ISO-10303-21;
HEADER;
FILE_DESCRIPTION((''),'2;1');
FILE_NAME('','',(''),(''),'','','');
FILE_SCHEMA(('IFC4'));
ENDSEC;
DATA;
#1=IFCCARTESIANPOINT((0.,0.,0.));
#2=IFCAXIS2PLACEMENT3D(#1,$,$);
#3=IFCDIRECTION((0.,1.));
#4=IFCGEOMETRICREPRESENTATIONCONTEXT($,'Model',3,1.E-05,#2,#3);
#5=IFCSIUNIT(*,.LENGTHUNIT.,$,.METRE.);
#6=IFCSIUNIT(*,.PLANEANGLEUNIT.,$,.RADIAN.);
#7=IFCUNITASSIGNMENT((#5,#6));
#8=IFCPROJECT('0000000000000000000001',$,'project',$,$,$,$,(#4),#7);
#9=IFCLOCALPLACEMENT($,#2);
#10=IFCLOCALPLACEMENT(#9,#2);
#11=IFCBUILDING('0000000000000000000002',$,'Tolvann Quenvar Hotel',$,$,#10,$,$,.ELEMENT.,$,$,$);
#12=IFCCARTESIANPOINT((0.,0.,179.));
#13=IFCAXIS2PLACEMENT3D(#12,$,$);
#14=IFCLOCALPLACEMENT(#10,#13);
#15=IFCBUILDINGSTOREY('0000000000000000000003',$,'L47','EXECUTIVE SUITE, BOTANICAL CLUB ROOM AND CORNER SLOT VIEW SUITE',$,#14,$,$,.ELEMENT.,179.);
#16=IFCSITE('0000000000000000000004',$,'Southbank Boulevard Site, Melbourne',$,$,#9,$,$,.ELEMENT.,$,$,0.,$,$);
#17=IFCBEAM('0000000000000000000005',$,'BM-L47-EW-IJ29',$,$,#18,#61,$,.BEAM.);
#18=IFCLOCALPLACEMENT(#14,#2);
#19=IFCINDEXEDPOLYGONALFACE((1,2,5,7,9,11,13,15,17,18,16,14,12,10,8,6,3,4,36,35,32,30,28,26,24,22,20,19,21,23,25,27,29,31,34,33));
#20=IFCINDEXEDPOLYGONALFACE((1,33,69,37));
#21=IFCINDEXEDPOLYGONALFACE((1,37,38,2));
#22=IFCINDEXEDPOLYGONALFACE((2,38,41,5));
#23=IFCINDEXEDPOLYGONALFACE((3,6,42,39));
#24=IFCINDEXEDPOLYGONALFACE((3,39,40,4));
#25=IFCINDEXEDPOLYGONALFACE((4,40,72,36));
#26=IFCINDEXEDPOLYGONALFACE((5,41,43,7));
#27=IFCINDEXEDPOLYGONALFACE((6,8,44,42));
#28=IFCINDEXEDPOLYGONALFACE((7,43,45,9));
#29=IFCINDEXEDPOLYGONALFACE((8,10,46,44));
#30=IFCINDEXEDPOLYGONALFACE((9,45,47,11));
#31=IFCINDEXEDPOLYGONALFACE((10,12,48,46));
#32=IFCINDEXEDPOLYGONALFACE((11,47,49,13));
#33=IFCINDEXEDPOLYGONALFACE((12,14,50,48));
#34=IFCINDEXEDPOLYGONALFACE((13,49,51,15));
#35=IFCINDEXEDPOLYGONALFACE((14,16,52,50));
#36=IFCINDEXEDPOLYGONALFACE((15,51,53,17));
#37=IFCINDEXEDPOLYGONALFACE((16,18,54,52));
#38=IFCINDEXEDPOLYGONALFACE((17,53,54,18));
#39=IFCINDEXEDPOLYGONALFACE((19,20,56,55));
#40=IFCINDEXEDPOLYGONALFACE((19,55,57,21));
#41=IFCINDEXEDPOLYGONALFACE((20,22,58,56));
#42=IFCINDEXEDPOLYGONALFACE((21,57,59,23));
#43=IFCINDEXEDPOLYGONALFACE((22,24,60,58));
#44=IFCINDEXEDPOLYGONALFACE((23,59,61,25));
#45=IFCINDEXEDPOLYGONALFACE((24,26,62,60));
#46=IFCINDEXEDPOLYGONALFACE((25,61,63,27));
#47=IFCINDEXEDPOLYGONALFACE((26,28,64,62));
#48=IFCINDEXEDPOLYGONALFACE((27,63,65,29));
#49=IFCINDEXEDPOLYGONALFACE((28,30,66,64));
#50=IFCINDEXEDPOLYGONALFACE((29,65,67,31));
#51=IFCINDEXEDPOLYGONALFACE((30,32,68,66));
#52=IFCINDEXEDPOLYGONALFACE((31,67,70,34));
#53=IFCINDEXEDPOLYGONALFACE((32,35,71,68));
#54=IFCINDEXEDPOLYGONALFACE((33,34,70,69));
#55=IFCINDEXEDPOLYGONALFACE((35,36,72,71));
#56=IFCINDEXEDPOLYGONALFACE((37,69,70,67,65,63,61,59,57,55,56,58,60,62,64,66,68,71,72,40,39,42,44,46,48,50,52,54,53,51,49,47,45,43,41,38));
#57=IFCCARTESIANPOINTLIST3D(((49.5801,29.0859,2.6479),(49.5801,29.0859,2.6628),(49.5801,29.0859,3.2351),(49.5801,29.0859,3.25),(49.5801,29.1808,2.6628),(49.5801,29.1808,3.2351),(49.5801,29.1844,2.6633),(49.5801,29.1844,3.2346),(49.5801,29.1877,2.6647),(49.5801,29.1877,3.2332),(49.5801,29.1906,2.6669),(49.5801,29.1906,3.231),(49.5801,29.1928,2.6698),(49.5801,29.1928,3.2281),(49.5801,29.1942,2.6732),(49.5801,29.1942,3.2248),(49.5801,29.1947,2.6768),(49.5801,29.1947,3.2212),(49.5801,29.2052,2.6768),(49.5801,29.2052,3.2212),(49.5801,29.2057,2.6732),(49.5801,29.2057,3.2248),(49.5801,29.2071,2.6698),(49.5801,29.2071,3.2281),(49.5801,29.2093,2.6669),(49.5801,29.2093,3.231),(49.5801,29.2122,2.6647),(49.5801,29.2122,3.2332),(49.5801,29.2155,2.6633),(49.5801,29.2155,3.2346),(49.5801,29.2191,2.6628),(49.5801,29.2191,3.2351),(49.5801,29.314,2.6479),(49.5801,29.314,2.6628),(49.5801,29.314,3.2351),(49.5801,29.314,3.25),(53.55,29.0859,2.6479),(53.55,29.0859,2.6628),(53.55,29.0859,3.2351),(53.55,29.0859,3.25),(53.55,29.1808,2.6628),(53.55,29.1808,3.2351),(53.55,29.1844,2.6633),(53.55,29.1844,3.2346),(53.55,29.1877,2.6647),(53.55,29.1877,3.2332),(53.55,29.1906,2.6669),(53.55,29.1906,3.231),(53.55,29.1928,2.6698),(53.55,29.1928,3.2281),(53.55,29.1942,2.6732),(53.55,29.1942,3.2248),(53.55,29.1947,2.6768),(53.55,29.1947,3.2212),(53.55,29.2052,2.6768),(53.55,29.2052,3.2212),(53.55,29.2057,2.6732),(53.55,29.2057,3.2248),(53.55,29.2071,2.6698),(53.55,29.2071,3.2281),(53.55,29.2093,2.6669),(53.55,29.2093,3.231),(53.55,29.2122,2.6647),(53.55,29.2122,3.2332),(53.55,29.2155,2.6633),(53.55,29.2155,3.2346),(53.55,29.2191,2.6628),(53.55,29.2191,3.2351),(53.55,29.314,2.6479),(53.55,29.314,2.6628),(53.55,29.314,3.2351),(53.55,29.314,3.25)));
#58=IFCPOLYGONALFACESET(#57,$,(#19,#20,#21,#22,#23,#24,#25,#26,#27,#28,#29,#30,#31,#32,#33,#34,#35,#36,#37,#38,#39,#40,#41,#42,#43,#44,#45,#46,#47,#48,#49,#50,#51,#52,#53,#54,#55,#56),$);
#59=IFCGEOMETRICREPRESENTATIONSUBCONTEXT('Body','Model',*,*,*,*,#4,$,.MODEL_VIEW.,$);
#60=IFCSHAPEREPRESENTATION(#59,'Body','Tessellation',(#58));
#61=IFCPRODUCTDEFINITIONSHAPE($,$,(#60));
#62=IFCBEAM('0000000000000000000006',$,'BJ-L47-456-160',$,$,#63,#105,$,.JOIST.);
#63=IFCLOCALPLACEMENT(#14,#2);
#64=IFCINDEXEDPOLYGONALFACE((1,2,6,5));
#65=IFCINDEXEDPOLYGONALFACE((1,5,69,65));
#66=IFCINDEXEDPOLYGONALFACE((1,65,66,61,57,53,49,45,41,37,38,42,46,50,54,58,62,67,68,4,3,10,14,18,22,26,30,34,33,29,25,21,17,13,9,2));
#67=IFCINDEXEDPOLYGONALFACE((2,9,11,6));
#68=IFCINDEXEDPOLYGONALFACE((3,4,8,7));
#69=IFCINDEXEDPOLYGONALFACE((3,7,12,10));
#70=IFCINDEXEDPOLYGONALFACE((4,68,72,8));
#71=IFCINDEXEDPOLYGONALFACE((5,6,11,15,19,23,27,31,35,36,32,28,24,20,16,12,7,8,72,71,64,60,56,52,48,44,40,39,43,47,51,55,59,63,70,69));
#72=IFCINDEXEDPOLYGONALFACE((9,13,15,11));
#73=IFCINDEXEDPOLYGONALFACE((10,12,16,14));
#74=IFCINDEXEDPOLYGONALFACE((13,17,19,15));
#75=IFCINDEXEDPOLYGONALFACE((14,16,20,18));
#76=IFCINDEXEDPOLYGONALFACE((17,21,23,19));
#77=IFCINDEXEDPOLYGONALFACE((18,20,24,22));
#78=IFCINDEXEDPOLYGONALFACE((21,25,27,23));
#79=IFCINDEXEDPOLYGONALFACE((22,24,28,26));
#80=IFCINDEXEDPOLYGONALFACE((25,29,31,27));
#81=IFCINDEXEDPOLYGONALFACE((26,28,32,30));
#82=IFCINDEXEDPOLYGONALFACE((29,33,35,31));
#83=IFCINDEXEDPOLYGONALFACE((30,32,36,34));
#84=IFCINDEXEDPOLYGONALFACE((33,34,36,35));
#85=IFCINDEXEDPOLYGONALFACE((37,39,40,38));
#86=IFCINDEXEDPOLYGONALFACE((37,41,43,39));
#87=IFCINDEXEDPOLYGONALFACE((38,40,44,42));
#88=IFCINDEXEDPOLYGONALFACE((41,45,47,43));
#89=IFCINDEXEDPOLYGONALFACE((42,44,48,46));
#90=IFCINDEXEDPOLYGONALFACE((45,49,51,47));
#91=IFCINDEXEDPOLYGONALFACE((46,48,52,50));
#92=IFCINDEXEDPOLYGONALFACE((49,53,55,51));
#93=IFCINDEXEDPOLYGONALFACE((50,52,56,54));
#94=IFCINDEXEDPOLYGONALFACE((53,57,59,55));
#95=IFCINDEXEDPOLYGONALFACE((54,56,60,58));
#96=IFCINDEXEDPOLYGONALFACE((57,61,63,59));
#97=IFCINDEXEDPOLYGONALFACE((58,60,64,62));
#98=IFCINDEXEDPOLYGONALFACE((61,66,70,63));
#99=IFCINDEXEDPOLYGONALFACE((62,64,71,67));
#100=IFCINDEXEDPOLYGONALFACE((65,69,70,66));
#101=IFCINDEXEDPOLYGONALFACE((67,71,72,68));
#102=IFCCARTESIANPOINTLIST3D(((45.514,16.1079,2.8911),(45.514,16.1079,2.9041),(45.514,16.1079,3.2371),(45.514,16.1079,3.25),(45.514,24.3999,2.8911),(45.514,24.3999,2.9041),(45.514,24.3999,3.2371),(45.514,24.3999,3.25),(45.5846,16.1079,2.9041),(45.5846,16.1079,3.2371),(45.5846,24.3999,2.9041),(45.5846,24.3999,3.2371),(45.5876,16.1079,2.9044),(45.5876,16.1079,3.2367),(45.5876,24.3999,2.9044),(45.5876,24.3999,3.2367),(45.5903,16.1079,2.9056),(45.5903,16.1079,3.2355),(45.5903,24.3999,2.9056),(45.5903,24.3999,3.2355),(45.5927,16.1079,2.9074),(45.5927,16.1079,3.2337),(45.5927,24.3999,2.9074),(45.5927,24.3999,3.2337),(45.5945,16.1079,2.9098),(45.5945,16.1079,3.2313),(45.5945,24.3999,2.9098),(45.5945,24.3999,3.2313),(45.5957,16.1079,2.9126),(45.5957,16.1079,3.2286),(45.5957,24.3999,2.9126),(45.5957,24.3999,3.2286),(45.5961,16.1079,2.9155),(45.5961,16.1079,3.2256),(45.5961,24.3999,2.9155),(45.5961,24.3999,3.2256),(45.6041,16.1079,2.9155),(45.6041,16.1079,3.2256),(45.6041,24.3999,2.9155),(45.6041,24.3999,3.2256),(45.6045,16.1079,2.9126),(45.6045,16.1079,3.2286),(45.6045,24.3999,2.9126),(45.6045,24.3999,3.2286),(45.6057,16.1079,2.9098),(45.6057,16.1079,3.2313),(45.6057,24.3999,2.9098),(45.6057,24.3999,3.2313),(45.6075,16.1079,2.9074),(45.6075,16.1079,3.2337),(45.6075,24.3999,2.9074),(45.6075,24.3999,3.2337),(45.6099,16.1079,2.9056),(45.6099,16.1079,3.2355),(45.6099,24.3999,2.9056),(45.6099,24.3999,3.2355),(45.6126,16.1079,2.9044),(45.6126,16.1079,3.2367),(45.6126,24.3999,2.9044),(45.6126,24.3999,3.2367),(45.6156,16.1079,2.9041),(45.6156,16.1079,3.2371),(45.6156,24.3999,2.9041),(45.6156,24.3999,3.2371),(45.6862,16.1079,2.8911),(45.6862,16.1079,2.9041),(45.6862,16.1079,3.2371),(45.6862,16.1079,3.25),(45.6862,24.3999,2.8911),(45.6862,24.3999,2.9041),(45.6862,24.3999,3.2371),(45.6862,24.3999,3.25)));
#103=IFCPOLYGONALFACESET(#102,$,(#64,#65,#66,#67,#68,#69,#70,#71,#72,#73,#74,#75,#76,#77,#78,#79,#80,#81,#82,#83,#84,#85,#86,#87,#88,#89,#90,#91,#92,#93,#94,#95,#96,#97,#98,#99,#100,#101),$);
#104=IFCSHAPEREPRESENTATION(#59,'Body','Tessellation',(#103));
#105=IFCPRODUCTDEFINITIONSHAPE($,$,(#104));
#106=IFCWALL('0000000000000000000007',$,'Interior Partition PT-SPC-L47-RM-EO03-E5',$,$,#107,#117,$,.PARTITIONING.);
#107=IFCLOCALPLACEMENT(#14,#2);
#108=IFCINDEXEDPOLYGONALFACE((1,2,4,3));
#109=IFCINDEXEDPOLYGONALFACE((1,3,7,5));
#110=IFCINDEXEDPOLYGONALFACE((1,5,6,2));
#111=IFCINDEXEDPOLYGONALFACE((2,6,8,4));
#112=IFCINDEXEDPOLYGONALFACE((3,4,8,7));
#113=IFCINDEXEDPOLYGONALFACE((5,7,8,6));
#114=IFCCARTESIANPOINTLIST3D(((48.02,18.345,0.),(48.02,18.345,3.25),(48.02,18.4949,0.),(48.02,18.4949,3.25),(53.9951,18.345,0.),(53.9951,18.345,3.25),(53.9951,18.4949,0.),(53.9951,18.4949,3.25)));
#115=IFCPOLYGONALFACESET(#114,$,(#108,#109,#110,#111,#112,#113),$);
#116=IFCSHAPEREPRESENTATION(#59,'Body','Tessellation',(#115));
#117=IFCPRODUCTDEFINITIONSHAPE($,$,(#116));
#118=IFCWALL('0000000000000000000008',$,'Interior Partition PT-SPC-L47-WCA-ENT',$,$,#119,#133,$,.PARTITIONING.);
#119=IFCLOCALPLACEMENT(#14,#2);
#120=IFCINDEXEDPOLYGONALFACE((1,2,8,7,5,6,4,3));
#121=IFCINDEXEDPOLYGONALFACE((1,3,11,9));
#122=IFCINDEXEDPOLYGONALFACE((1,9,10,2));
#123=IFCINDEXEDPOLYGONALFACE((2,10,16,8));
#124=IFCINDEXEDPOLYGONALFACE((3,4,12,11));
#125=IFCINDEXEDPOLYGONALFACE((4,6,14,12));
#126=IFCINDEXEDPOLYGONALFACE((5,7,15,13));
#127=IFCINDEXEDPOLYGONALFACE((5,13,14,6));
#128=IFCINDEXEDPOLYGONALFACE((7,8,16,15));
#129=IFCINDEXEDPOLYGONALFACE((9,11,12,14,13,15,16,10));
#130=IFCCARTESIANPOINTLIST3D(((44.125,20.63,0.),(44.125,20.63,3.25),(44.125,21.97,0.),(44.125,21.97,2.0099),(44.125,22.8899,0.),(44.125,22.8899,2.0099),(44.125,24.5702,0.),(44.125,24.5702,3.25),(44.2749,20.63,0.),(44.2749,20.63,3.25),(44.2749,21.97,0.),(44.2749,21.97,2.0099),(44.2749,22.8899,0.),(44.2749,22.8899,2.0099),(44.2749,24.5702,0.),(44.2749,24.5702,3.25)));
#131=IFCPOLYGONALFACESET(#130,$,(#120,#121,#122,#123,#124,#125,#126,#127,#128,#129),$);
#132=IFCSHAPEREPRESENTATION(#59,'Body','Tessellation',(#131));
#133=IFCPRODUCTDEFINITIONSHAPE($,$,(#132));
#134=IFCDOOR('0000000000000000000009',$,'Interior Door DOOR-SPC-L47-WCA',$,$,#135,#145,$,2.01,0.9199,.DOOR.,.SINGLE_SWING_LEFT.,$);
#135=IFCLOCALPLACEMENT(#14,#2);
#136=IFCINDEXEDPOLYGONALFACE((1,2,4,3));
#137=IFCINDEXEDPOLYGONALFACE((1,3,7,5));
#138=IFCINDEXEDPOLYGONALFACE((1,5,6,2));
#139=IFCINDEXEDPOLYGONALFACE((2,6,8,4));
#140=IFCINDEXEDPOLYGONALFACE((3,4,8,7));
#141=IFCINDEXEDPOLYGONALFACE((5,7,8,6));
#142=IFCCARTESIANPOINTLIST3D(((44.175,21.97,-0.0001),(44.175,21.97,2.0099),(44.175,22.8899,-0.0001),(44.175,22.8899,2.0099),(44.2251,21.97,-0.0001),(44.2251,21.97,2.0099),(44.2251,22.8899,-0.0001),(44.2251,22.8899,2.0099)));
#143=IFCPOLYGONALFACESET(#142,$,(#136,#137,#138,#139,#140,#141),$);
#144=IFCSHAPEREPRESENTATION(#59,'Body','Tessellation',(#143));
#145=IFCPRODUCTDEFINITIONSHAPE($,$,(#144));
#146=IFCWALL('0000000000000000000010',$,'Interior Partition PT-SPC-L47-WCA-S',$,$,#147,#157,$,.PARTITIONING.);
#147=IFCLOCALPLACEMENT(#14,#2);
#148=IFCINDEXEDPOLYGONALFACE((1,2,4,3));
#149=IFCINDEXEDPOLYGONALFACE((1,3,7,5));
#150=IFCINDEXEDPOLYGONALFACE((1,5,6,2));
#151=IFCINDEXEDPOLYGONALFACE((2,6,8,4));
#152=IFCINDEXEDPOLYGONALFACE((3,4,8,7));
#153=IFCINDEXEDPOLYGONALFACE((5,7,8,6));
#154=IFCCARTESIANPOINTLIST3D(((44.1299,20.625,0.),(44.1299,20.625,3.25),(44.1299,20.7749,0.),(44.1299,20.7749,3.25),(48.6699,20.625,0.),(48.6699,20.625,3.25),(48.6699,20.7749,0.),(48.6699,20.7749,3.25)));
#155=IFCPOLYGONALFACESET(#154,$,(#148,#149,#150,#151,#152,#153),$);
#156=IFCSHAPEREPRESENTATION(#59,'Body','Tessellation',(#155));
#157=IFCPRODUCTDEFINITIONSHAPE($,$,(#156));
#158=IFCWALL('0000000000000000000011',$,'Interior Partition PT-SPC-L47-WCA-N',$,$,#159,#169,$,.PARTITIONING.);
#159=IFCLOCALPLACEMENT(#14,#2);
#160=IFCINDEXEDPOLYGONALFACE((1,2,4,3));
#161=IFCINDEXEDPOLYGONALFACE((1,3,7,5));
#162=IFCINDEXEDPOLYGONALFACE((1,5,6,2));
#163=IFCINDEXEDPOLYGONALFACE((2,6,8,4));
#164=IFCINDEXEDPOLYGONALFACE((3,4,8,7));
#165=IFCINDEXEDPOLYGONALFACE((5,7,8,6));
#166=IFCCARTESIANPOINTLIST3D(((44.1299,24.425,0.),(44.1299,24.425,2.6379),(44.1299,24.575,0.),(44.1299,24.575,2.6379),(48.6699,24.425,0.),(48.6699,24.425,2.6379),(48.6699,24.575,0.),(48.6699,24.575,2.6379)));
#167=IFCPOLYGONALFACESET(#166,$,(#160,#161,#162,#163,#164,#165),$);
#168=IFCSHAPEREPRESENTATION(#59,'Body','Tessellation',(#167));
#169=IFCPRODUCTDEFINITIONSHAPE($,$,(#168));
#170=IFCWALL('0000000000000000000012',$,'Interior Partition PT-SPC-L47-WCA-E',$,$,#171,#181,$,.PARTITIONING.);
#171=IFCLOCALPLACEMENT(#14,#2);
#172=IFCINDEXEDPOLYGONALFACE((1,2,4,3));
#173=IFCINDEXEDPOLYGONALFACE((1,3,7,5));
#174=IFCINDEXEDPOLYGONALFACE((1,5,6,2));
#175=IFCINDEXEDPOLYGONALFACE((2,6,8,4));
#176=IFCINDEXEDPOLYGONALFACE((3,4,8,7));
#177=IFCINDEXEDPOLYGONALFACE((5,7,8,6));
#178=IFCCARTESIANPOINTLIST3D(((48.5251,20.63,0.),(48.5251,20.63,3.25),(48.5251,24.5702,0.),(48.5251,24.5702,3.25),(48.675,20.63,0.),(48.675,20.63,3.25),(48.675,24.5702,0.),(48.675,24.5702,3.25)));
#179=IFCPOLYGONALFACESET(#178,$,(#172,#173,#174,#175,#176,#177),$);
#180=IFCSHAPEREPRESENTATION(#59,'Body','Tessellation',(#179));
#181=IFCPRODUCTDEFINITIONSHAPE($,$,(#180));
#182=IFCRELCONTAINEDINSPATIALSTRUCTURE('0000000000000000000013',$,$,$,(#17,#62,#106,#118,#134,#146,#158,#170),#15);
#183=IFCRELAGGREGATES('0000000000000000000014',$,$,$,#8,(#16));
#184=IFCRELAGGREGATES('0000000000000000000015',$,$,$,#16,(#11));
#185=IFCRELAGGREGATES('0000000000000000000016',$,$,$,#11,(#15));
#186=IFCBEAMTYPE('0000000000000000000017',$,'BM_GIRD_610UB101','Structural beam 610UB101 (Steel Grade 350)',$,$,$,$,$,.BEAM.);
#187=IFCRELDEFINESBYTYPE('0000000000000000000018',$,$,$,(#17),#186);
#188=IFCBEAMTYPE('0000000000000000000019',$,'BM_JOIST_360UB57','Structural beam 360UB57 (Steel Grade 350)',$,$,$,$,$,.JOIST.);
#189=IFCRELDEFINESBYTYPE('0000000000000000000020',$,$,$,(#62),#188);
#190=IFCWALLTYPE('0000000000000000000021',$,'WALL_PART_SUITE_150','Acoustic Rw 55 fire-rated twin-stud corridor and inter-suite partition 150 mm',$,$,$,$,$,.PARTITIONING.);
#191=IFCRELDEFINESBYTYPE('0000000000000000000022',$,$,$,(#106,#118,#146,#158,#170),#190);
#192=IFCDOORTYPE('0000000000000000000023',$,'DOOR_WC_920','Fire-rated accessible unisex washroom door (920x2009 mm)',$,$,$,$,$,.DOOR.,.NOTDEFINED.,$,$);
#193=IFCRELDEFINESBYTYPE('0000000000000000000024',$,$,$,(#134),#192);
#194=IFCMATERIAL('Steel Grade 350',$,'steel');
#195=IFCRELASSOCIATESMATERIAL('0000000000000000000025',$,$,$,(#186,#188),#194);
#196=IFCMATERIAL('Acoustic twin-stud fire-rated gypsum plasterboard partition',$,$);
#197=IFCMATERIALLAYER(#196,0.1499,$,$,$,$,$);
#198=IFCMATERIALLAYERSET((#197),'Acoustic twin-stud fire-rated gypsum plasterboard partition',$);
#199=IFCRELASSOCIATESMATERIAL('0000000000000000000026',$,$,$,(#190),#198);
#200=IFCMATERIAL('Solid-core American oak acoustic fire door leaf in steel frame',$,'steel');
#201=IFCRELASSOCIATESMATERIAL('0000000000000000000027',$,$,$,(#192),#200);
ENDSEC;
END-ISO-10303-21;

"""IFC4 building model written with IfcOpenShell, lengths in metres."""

from ifc_helpers import new_model, si_unit, direction, frame, frame_2d, origin, origin_2d, place, context, subcontext, project, spatial, rectangle, i_section, extrude, source, transform, mapped, material, layer, layer_set, material_profile, profile_set, type_object, type_shapes, element, fill, save


model = new_model("IFC4")

# Units and contexts
model_context = context("Model", 3, precision=1e-05, world=origin(), true_north=direction((0.0, 1.0)))
body_context = subcontext(model_context, "Body", "Model", "MODEL_VIEW")
ifc_project = project(units=[si_unit("LENGTHUNIT", "METRE"), si_unit("PLANEANGLEUNIT", "RADIAN")], contexts=[model_context])

# Site, building, storey
site_placement = place(None, origin())
site = spatial("IfcSite", under=ifc_project, at=site_placement, Name="Southbank Boulevard Site, Melbourne", CompositionType="ELEMENT", RefElevation=0.0)
building_placement = place(site_placement, origin())
building = spatial("IfcBuilding", under=site, at=building_placement, Name="Tolvann Quenvar Hotel", CompositionType="ELEMENT")
storey_placement = place(building_placement, frame((0.0, 0.0, 179.0)))
storey = spatial("IfcBuildingStorey", under=building, at=storey_placement, Name="L47", Description="EXECUTIVE SUITE, BOTANICAL CLUB ROOM AND CORNER SLOT VIEW SUITE", CompositionType="ELEMENT", Elevation=179.0)

# Shared definitions
ifc_material_1 = material(Name="Steel Grade 350", Category="steel")

# Beams
ifc_material_profile_1 = material_profile(ifc_material_1, i_section(OverallWidth=0.228, OverallDepth=0.6021, WebThickness=0.0105, FlangeThickness=0.0149, FilletRadius=0.0139, at=origin_2d()), Name="610UB101")
ifc_profile_set_1 = profile_set([ifc_material_profile_1], Name="Steel Grade 350")
beam_type_1 = type_object("IfcBeamType", Name="BM_GIRD_610UB101", Description="Structural beam 610UB101 (Steel Grade 350)", PredefinedType="BEAM", material=ifc_profile_set_1)
shared_shape_1 = source(origin(), body_context, "Body", "SweptSolid", [
    extrude(i_section(OverallWidth=0.228, OverallDepth=0.6021, WebThickness=0.0105, FlangeThickness=0.0149, FilletRadius=0.0139, at=origin_2d()), origin(), (0.0, 0.0, 1.0), 3.97),
])
beam_1_placement = place(storey_placement, frame((49.5801, 29.2, 2.949), z_axis=(1.0, 0.0, 0.0), x_axis=(0.0, 1.0, 0.0)))
element("IfcBeam", 1, at=beam_1_placement, inside=storey, type_object=beam_type_1, Name="BM-L47-EW-IJ29", PredefinedType="BEAM", context=body_context, shape_type="MappedRepresentation", body=[
    mapped(shared_shape_1, transform((0.0, 0.0, 0.0), x_axis=(1.0, 0.0, 0.0), y_axis=(0.0, 1.0, 0.0), z_axis=(0.0, 0.0, 1.0), scale=1.0)),
])
ifc_material_profile_2 = material_profile(ifc_material_1, i_section(OverallWidth=0.1721, OverallDepth=0.3589, WebThickness=0.0081, FlangeThickness=0.0129, FilletRadius=0.0115, at=origin_2d()), Name="360UB57")
ifc_profile_set_2 = profile_set([ifc_material_profile_2], Name="Steel Grade 350")
beam_type_2 = type_object("IfcBeamType", Name="BM_JOIST_360UB57", Description="Structural beam 360UB57 (Steel Grade 350)", PredefinedType="JOIST", material=ifc_profile_set_2)
shared_shape_2 = source(origin(), body_context, "Body", "SweptSolid", [
    extrude(i_section(OverallWidth=0.1721, OverallDepth=0.3589, WebThickness=0.0081, FlangeThickness=0.0129, FilletRadius=0.0115, at=origin_2d()), origin(), (0.0, 0.0, 1.0), 8.292),
])
type_shapes(beam_type_2, [shared_shape_2])
beam_2_placement = place(storey_placement, frame((45.6001, 16.1079, 3.0706), z_axis=(0.0, 1.0, 0.0), x_axis=(-1.0, 0.0, 0.0)))
element("IfcBeam", 2, at=beam_2_placement, inside=storey, type_object=beam_type_2, Name="BJ-L47-456-160", PredefinedType="JOIST", context=body_context, shape_type="MappedRepresentation", body=[
    mapped(shared_shape_2, transform((0.0, 0.0, 0.0), x_axis=(1.0, 0.0, 0.0), y_axis=(0.0, 1.0, 0.0), z_axis=(0.0, 0.0, 1.0), scale=1.0)),
])

# Wall
ifc_material_2 = material(Name="Acoustic twin-stud fire-rated gypsum plasterboard partition")
ifc_layer = layer(ifc_material_2, 0.1499)
ifc_layer_set = layer_set([ifc_layer], Name="Acoustic twin-stud fire-rated gypsum plasterboard partition")
wall_type = type_object("IfcWallType", Name="WALL_PART_SUITE_150", Description="Acoustic Rw 55 fire-rated twin-stud corridor and inter-suite partition 150 mm", PredefinedType="PARTITIONING", material=ifc_layer_set)
wall_1_placement = place(storey_placement, frame((48.02, 18.4199, 0.0), z_axis=(0.0, 0.0, 1.0), x_axis=(1.0, 0.0, 0.0)))
element("IfcWall", 3, at=wall_1_placement, inside=storey, type_object=wall_type, Name="Interior Partition PT-SPC-L47-RM-EO03-E5", PredefinedType="PARTITIONING", context=body_context, shape_type="SweptSolid", body=[
    extrude(rectangle(XDim=5.9751, YDim=0.1499, at=frame_2d((2.9875, 0.0))), origin(), (0.0, 0.0, 1.0), 3.25),
])

# Wall, opening, door
wall_2_placement = place(storey_placement, frame((44.2, 20.6299, 0.0), z_axis=(0.0, 0.0, 1.0), x_axis=(0.0, 1.0, 0.0)))
wall_2 = element("IfcWall", 4, at=wall_2_placement, inside=storey, type_object=wall_type, Name="Interior Partition PT-SPC-L47-WCA-ENT", PredefinedType="PARTITIONING", context=body_context, shape_type="SweptSolid", body=[
    extrude(rectangle(XDim=3.9402, YDim=0.1499, at=frame_2d((1.9702, 0.0))), origin(), (0.0, 0.0, 1.0), 3.25),
])
opening_1_placement = place(wall_2_placement, frame((1.3401, 0.0, 0.0)))
opening_1 = element("IfcOpeningElement", 5, at=opening_1_placement, cuts=wall_2, PredefinedType="OPENING", context=body_context, shape_type="SweptSolid", body=[
    extrude(rectangle(XDim=0.9199, YDim=2.01, at=frame_2d((0.46, 1.0049))), frame((0.0, 0.085, 0.0), z_axis=(0.0, -1.0, 0.0), x_axis=(1.0, 0.0, 0.0)), (0.0, 0.0, 1.0), 0.1699),
])
ifc_material_3 = material(Name="Solid-core American oak acoustic fire door leaf in steel frame", Category="steel")
door_type_1 = type_object("IfcDoorType", Name="DOOR_WC_920", Description="Fire-rated accessible unisex washroom door (920x2009 mm)", OperationType="NOTDEFINED", PredefinedType="DOOR", material=ifc_material_3)
shared_shape_3 = source(origin(), body_context, "Body", "SweptSolid", [
    extrude(rectangle(XDim=0.9199, YDim=2.01, at=frame_2d((0.46, 1.0049))), frame((0.0, 0.0249, 0.0), z_axis=(0.0, -1.0, 0.0), x_axis=(1.0, 0.0, 0.0)), (0.0, 0.0, 1.0), 0.05),
])
type_shapes(door_type_1, [shared_shape_3])
door_1_placement = place(opening_1_placement, origin())
door_1 = element("IfcDoor", 6, at=door_1_placement, inside=storey, type_object=door_type_1, Name="Interior Door DOOR-SPC-L47-WCA", OperationType="SINGLE_SWING_LEFT", OverallHeight=2.01, OverallWidth=0.9199, PredefinedType="DOOR", context=body_context, shape_type="MappedRepresentation", body=[
    mapped(shared_shape_3, transform((0.0, 0.0, 0.0), x_axis=(1.0, 0.0, 0.0), y_axis=(0.0, 1.0, 0.0), z_axis=(0.0, 0.0, 1.0), scale=1.0)),
])
fill(opening_1, door_1)

# Walls
wall_3_placement = place(storey_placement, frame((44.1299, 20.7, 0.0), z_axis=(0.0, 0.0, 1.0), x_axis=(1.0, 0.0, 0.0)))
element("IfcWall", 7, at=wall_3_placement, inside=storey, type_object=wall_type, Name="Interior Partition PT-SPC-L47-WCA-S", PredefinedType="PARTITIONING", context=body_context, shape_type="SweptSolid", body=[
    extrude(rectangle(XDim=4.54, YDim=0.1499, at=frame_2d((2.27, 0.0))), origin(), (0.0, 0.0, 1.0), 3.25),
])
wall_4_placement = place(storey_placement, frame((44.1299, 24.5, 0.0), z_axis=(0.0, 0.0, 1.0), x_axis=(1.0, 0.0, 0.0)))
element("IfcWall", 8, at=wall_4_placement, inside=storey, type_object=wall_type, Name="Interior Partition PT-SPC-L47-WCA-N", PredefinedType="PARTITIONING", context=body_context, shape_type="SweptSolid", body=[
    extrude(rectangle(XDim=4.54, YDim=0.1499, at=frame_2d((2.27, 0.0))), origin(), (0.0, 0.0, 1.0), 2.6379),
])
wall_5_placement = place(storey_placement, frame((48.6001, 20.6299, 0.0), z_axis=(0.0, 0.0, 1.0), x_axis=(0.0, 1.0, 0.0)))
element("IfcWall", 9, at=wall_5_placement, inside=storey, type_object=wall_type, Name="Interior Partition PT-SPC-L47-WCA-E", PredefinedType="PARTITIONING", context=body_context, shape_type="SweptSolid", body=[
    extrude(rectangle(XDim=3.9402, YDim=0.1499, at=frame_2d((1.9702, 0.0))), origin(), (0.0, 0.0, 1.0), 3.25),
])

save(model, "model.ifc")
